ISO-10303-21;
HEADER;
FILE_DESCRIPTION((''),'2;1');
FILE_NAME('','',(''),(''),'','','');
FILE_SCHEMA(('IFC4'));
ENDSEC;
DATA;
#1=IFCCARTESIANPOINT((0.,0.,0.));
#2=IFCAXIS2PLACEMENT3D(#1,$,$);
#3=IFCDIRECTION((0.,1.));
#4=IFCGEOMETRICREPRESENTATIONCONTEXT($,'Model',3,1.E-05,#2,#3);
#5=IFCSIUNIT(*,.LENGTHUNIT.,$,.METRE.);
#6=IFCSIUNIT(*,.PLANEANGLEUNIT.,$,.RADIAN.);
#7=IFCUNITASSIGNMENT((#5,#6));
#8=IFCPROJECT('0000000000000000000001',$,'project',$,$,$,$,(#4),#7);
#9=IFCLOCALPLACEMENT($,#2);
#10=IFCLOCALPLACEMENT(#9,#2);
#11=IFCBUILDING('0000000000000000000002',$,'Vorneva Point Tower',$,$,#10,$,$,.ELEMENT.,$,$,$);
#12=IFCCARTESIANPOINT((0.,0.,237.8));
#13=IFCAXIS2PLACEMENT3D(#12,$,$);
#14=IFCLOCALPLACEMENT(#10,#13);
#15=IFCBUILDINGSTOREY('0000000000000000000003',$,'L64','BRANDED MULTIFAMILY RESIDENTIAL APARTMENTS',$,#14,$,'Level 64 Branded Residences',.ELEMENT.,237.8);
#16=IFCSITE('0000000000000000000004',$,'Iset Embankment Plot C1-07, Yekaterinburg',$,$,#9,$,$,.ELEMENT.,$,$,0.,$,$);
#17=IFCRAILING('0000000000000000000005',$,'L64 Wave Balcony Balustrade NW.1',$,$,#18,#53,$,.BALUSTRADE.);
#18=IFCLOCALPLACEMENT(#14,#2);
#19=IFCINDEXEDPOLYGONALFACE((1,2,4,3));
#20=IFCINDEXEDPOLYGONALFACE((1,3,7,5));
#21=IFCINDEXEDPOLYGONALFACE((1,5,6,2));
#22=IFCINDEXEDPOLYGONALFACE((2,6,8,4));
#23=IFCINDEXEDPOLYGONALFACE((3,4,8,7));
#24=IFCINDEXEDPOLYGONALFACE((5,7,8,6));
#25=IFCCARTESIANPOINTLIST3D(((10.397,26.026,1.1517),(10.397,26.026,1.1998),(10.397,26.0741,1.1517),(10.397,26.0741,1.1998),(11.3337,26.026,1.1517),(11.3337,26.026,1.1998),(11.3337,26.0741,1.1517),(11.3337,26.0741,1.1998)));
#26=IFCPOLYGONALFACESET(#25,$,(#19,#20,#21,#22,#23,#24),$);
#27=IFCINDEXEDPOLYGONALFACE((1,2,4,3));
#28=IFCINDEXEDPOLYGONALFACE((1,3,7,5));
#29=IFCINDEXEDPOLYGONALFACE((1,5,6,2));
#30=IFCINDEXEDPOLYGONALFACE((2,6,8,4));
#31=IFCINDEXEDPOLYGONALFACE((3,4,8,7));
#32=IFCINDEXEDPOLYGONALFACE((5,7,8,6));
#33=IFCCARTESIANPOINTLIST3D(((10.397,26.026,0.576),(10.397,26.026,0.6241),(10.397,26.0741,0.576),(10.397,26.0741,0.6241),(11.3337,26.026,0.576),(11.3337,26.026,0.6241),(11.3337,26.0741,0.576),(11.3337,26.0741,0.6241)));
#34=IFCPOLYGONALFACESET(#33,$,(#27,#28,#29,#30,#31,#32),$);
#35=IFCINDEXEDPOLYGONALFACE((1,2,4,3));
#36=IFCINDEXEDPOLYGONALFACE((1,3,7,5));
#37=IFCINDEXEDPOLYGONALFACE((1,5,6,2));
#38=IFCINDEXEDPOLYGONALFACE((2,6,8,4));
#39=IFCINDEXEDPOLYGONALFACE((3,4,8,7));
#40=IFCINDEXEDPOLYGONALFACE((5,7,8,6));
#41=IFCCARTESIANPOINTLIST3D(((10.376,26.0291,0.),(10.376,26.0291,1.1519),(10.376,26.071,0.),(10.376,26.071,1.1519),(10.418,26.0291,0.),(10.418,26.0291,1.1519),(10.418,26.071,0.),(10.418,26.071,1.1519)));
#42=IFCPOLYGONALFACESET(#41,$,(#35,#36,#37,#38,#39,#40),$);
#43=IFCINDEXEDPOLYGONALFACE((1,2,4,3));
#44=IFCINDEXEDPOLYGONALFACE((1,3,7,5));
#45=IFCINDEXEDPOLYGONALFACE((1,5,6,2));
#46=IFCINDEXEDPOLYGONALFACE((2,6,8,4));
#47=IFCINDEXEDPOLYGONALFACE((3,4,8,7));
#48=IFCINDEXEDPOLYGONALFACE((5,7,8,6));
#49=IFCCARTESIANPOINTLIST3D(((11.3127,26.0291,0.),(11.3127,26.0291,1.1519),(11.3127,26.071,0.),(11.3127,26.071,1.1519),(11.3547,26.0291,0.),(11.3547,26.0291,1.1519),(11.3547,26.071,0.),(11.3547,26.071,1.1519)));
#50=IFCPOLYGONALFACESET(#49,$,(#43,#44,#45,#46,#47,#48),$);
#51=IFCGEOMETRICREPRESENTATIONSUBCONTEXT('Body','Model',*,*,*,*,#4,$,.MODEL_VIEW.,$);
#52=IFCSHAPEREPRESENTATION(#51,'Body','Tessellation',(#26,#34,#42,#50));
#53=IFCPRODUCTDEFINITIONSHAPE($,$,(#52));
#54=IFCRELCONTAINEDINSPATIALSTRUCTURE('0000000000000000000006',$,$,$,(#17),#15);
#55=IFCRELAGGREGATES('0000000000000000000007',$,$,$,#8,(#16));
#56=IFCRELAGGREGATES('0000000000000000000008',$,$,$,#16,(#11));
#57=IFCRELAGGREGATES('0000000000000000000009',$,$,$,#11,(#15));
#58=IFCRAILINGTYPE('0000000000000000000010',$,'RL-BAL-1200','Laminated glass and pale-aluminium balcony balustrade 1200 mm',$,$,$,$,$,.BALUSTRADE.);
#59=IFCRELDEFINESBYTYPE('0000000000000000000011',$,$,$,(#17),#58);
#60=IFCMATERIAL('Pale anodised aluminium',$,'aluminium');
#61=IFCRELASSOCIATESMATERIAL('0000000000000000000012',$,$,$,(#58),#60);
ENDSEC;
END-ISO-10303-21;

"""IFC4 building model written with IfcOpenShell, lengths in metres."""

from ifc_helpers import new_model, si_unit, direction, frame, origin, origin_2d, place, context, subcontext, project, spatial, rectangle, extrude, material, type_object, element, save


model = new_model("IFC4")

# Units and contexts
model_context = context("Model", 3, precision=1e-05, world=origin(), true_north=direction((0.0, 1.0)))
body_context = subcontext(model_context, "Body", "Model", "MODEL_VIEW")
ifc_project = project(units=[si_unit("LENGTHUNIT", "METRE"), si_unit("PLANEANGLEUNIT", "RADIAN")], contexts=[model_context])

# Site, building, storey
site_placement = place(None, origin())
site = spatial("IfcSite", under=ifc_project, at=site_placement, Name="Iset Embankment Plot C1-07, Yekaterinburg", CompositionType="ELEMENT", RefElevation=0.0)
building_placement = place(site_placement, origin())
building = spatial("IfcBuilding", under=site, at=building_placement, Name="Vorneva Point Tower", CompositionType="ELEMENT")
storey_placement = place(building_placement, frame((0.0, 0.0, 237.8)))
storey = spatial("IfcBuildingStorey", under=building, at=storey_placement, Name="L64", Description="BRANDED MULTIFAMILY RESIDENTIAL APARTMENTS", LongName="Level 64 Branded Residences", CompositionType="ELEMENT", Elevation=237.8)

# Shared definitions
ifc_material_1 = material(Name="Pale anodised aluminium", Category="aluminium")

# Railing
railing_type = type_object("IfcRailingType", Name="RL-BAL-1200", Description="Laminated glass and pale-aluminium balcony balustrade 1200 mm", PredefinedType="BALUSTRADE", material=ifc_material_1)
railing_placement = place(storey_placement, frame((10.397, 26.05, 0.0)))
element("IfcRailing", 1, at=railing_placement, inside=storey, type_object=railing_type, Name="L64 Wave Balcony Balustrade NW.1", PredefinedType="BALUSTRADE", context=body_context, shape_type="SweptSolid", body=[
    extrude(rectangle(XDim=0.0481, YDim=0.0481, at=origin_2d()), frame((0.0, 0.0, 1.1758), z_axis=(1.0, 0.0, 0.0), x_axis=(0.0, 1.0, 0.0)), (0.0, 0.0, 1.0), 0.9368),
    extrude(rectangle(XDim=0.0481, YDim=0.0481, at=origin_2d()), frame((0.0, 0.0, 0.6001), z_axis=(1.0, 0.0, 0.0), x_axis=(0.0, 1.0, 0.0)), (0.0, 0.0, 1.0), 0.9368),
    extrude(rectangle(XDim=0.042, YDim=0.042, at=origin_2d()), origin(), (0.0, 0.0, 1.0), 1.1519),
    extrude(rectangle(XDim=0.042, YDim=0.042, at=origin_2d()), frame((0.9368, 0.0, 0.0)), (0.0, 0.0, 1.0), 1.1519),
])

save(model, "model.ifc")
